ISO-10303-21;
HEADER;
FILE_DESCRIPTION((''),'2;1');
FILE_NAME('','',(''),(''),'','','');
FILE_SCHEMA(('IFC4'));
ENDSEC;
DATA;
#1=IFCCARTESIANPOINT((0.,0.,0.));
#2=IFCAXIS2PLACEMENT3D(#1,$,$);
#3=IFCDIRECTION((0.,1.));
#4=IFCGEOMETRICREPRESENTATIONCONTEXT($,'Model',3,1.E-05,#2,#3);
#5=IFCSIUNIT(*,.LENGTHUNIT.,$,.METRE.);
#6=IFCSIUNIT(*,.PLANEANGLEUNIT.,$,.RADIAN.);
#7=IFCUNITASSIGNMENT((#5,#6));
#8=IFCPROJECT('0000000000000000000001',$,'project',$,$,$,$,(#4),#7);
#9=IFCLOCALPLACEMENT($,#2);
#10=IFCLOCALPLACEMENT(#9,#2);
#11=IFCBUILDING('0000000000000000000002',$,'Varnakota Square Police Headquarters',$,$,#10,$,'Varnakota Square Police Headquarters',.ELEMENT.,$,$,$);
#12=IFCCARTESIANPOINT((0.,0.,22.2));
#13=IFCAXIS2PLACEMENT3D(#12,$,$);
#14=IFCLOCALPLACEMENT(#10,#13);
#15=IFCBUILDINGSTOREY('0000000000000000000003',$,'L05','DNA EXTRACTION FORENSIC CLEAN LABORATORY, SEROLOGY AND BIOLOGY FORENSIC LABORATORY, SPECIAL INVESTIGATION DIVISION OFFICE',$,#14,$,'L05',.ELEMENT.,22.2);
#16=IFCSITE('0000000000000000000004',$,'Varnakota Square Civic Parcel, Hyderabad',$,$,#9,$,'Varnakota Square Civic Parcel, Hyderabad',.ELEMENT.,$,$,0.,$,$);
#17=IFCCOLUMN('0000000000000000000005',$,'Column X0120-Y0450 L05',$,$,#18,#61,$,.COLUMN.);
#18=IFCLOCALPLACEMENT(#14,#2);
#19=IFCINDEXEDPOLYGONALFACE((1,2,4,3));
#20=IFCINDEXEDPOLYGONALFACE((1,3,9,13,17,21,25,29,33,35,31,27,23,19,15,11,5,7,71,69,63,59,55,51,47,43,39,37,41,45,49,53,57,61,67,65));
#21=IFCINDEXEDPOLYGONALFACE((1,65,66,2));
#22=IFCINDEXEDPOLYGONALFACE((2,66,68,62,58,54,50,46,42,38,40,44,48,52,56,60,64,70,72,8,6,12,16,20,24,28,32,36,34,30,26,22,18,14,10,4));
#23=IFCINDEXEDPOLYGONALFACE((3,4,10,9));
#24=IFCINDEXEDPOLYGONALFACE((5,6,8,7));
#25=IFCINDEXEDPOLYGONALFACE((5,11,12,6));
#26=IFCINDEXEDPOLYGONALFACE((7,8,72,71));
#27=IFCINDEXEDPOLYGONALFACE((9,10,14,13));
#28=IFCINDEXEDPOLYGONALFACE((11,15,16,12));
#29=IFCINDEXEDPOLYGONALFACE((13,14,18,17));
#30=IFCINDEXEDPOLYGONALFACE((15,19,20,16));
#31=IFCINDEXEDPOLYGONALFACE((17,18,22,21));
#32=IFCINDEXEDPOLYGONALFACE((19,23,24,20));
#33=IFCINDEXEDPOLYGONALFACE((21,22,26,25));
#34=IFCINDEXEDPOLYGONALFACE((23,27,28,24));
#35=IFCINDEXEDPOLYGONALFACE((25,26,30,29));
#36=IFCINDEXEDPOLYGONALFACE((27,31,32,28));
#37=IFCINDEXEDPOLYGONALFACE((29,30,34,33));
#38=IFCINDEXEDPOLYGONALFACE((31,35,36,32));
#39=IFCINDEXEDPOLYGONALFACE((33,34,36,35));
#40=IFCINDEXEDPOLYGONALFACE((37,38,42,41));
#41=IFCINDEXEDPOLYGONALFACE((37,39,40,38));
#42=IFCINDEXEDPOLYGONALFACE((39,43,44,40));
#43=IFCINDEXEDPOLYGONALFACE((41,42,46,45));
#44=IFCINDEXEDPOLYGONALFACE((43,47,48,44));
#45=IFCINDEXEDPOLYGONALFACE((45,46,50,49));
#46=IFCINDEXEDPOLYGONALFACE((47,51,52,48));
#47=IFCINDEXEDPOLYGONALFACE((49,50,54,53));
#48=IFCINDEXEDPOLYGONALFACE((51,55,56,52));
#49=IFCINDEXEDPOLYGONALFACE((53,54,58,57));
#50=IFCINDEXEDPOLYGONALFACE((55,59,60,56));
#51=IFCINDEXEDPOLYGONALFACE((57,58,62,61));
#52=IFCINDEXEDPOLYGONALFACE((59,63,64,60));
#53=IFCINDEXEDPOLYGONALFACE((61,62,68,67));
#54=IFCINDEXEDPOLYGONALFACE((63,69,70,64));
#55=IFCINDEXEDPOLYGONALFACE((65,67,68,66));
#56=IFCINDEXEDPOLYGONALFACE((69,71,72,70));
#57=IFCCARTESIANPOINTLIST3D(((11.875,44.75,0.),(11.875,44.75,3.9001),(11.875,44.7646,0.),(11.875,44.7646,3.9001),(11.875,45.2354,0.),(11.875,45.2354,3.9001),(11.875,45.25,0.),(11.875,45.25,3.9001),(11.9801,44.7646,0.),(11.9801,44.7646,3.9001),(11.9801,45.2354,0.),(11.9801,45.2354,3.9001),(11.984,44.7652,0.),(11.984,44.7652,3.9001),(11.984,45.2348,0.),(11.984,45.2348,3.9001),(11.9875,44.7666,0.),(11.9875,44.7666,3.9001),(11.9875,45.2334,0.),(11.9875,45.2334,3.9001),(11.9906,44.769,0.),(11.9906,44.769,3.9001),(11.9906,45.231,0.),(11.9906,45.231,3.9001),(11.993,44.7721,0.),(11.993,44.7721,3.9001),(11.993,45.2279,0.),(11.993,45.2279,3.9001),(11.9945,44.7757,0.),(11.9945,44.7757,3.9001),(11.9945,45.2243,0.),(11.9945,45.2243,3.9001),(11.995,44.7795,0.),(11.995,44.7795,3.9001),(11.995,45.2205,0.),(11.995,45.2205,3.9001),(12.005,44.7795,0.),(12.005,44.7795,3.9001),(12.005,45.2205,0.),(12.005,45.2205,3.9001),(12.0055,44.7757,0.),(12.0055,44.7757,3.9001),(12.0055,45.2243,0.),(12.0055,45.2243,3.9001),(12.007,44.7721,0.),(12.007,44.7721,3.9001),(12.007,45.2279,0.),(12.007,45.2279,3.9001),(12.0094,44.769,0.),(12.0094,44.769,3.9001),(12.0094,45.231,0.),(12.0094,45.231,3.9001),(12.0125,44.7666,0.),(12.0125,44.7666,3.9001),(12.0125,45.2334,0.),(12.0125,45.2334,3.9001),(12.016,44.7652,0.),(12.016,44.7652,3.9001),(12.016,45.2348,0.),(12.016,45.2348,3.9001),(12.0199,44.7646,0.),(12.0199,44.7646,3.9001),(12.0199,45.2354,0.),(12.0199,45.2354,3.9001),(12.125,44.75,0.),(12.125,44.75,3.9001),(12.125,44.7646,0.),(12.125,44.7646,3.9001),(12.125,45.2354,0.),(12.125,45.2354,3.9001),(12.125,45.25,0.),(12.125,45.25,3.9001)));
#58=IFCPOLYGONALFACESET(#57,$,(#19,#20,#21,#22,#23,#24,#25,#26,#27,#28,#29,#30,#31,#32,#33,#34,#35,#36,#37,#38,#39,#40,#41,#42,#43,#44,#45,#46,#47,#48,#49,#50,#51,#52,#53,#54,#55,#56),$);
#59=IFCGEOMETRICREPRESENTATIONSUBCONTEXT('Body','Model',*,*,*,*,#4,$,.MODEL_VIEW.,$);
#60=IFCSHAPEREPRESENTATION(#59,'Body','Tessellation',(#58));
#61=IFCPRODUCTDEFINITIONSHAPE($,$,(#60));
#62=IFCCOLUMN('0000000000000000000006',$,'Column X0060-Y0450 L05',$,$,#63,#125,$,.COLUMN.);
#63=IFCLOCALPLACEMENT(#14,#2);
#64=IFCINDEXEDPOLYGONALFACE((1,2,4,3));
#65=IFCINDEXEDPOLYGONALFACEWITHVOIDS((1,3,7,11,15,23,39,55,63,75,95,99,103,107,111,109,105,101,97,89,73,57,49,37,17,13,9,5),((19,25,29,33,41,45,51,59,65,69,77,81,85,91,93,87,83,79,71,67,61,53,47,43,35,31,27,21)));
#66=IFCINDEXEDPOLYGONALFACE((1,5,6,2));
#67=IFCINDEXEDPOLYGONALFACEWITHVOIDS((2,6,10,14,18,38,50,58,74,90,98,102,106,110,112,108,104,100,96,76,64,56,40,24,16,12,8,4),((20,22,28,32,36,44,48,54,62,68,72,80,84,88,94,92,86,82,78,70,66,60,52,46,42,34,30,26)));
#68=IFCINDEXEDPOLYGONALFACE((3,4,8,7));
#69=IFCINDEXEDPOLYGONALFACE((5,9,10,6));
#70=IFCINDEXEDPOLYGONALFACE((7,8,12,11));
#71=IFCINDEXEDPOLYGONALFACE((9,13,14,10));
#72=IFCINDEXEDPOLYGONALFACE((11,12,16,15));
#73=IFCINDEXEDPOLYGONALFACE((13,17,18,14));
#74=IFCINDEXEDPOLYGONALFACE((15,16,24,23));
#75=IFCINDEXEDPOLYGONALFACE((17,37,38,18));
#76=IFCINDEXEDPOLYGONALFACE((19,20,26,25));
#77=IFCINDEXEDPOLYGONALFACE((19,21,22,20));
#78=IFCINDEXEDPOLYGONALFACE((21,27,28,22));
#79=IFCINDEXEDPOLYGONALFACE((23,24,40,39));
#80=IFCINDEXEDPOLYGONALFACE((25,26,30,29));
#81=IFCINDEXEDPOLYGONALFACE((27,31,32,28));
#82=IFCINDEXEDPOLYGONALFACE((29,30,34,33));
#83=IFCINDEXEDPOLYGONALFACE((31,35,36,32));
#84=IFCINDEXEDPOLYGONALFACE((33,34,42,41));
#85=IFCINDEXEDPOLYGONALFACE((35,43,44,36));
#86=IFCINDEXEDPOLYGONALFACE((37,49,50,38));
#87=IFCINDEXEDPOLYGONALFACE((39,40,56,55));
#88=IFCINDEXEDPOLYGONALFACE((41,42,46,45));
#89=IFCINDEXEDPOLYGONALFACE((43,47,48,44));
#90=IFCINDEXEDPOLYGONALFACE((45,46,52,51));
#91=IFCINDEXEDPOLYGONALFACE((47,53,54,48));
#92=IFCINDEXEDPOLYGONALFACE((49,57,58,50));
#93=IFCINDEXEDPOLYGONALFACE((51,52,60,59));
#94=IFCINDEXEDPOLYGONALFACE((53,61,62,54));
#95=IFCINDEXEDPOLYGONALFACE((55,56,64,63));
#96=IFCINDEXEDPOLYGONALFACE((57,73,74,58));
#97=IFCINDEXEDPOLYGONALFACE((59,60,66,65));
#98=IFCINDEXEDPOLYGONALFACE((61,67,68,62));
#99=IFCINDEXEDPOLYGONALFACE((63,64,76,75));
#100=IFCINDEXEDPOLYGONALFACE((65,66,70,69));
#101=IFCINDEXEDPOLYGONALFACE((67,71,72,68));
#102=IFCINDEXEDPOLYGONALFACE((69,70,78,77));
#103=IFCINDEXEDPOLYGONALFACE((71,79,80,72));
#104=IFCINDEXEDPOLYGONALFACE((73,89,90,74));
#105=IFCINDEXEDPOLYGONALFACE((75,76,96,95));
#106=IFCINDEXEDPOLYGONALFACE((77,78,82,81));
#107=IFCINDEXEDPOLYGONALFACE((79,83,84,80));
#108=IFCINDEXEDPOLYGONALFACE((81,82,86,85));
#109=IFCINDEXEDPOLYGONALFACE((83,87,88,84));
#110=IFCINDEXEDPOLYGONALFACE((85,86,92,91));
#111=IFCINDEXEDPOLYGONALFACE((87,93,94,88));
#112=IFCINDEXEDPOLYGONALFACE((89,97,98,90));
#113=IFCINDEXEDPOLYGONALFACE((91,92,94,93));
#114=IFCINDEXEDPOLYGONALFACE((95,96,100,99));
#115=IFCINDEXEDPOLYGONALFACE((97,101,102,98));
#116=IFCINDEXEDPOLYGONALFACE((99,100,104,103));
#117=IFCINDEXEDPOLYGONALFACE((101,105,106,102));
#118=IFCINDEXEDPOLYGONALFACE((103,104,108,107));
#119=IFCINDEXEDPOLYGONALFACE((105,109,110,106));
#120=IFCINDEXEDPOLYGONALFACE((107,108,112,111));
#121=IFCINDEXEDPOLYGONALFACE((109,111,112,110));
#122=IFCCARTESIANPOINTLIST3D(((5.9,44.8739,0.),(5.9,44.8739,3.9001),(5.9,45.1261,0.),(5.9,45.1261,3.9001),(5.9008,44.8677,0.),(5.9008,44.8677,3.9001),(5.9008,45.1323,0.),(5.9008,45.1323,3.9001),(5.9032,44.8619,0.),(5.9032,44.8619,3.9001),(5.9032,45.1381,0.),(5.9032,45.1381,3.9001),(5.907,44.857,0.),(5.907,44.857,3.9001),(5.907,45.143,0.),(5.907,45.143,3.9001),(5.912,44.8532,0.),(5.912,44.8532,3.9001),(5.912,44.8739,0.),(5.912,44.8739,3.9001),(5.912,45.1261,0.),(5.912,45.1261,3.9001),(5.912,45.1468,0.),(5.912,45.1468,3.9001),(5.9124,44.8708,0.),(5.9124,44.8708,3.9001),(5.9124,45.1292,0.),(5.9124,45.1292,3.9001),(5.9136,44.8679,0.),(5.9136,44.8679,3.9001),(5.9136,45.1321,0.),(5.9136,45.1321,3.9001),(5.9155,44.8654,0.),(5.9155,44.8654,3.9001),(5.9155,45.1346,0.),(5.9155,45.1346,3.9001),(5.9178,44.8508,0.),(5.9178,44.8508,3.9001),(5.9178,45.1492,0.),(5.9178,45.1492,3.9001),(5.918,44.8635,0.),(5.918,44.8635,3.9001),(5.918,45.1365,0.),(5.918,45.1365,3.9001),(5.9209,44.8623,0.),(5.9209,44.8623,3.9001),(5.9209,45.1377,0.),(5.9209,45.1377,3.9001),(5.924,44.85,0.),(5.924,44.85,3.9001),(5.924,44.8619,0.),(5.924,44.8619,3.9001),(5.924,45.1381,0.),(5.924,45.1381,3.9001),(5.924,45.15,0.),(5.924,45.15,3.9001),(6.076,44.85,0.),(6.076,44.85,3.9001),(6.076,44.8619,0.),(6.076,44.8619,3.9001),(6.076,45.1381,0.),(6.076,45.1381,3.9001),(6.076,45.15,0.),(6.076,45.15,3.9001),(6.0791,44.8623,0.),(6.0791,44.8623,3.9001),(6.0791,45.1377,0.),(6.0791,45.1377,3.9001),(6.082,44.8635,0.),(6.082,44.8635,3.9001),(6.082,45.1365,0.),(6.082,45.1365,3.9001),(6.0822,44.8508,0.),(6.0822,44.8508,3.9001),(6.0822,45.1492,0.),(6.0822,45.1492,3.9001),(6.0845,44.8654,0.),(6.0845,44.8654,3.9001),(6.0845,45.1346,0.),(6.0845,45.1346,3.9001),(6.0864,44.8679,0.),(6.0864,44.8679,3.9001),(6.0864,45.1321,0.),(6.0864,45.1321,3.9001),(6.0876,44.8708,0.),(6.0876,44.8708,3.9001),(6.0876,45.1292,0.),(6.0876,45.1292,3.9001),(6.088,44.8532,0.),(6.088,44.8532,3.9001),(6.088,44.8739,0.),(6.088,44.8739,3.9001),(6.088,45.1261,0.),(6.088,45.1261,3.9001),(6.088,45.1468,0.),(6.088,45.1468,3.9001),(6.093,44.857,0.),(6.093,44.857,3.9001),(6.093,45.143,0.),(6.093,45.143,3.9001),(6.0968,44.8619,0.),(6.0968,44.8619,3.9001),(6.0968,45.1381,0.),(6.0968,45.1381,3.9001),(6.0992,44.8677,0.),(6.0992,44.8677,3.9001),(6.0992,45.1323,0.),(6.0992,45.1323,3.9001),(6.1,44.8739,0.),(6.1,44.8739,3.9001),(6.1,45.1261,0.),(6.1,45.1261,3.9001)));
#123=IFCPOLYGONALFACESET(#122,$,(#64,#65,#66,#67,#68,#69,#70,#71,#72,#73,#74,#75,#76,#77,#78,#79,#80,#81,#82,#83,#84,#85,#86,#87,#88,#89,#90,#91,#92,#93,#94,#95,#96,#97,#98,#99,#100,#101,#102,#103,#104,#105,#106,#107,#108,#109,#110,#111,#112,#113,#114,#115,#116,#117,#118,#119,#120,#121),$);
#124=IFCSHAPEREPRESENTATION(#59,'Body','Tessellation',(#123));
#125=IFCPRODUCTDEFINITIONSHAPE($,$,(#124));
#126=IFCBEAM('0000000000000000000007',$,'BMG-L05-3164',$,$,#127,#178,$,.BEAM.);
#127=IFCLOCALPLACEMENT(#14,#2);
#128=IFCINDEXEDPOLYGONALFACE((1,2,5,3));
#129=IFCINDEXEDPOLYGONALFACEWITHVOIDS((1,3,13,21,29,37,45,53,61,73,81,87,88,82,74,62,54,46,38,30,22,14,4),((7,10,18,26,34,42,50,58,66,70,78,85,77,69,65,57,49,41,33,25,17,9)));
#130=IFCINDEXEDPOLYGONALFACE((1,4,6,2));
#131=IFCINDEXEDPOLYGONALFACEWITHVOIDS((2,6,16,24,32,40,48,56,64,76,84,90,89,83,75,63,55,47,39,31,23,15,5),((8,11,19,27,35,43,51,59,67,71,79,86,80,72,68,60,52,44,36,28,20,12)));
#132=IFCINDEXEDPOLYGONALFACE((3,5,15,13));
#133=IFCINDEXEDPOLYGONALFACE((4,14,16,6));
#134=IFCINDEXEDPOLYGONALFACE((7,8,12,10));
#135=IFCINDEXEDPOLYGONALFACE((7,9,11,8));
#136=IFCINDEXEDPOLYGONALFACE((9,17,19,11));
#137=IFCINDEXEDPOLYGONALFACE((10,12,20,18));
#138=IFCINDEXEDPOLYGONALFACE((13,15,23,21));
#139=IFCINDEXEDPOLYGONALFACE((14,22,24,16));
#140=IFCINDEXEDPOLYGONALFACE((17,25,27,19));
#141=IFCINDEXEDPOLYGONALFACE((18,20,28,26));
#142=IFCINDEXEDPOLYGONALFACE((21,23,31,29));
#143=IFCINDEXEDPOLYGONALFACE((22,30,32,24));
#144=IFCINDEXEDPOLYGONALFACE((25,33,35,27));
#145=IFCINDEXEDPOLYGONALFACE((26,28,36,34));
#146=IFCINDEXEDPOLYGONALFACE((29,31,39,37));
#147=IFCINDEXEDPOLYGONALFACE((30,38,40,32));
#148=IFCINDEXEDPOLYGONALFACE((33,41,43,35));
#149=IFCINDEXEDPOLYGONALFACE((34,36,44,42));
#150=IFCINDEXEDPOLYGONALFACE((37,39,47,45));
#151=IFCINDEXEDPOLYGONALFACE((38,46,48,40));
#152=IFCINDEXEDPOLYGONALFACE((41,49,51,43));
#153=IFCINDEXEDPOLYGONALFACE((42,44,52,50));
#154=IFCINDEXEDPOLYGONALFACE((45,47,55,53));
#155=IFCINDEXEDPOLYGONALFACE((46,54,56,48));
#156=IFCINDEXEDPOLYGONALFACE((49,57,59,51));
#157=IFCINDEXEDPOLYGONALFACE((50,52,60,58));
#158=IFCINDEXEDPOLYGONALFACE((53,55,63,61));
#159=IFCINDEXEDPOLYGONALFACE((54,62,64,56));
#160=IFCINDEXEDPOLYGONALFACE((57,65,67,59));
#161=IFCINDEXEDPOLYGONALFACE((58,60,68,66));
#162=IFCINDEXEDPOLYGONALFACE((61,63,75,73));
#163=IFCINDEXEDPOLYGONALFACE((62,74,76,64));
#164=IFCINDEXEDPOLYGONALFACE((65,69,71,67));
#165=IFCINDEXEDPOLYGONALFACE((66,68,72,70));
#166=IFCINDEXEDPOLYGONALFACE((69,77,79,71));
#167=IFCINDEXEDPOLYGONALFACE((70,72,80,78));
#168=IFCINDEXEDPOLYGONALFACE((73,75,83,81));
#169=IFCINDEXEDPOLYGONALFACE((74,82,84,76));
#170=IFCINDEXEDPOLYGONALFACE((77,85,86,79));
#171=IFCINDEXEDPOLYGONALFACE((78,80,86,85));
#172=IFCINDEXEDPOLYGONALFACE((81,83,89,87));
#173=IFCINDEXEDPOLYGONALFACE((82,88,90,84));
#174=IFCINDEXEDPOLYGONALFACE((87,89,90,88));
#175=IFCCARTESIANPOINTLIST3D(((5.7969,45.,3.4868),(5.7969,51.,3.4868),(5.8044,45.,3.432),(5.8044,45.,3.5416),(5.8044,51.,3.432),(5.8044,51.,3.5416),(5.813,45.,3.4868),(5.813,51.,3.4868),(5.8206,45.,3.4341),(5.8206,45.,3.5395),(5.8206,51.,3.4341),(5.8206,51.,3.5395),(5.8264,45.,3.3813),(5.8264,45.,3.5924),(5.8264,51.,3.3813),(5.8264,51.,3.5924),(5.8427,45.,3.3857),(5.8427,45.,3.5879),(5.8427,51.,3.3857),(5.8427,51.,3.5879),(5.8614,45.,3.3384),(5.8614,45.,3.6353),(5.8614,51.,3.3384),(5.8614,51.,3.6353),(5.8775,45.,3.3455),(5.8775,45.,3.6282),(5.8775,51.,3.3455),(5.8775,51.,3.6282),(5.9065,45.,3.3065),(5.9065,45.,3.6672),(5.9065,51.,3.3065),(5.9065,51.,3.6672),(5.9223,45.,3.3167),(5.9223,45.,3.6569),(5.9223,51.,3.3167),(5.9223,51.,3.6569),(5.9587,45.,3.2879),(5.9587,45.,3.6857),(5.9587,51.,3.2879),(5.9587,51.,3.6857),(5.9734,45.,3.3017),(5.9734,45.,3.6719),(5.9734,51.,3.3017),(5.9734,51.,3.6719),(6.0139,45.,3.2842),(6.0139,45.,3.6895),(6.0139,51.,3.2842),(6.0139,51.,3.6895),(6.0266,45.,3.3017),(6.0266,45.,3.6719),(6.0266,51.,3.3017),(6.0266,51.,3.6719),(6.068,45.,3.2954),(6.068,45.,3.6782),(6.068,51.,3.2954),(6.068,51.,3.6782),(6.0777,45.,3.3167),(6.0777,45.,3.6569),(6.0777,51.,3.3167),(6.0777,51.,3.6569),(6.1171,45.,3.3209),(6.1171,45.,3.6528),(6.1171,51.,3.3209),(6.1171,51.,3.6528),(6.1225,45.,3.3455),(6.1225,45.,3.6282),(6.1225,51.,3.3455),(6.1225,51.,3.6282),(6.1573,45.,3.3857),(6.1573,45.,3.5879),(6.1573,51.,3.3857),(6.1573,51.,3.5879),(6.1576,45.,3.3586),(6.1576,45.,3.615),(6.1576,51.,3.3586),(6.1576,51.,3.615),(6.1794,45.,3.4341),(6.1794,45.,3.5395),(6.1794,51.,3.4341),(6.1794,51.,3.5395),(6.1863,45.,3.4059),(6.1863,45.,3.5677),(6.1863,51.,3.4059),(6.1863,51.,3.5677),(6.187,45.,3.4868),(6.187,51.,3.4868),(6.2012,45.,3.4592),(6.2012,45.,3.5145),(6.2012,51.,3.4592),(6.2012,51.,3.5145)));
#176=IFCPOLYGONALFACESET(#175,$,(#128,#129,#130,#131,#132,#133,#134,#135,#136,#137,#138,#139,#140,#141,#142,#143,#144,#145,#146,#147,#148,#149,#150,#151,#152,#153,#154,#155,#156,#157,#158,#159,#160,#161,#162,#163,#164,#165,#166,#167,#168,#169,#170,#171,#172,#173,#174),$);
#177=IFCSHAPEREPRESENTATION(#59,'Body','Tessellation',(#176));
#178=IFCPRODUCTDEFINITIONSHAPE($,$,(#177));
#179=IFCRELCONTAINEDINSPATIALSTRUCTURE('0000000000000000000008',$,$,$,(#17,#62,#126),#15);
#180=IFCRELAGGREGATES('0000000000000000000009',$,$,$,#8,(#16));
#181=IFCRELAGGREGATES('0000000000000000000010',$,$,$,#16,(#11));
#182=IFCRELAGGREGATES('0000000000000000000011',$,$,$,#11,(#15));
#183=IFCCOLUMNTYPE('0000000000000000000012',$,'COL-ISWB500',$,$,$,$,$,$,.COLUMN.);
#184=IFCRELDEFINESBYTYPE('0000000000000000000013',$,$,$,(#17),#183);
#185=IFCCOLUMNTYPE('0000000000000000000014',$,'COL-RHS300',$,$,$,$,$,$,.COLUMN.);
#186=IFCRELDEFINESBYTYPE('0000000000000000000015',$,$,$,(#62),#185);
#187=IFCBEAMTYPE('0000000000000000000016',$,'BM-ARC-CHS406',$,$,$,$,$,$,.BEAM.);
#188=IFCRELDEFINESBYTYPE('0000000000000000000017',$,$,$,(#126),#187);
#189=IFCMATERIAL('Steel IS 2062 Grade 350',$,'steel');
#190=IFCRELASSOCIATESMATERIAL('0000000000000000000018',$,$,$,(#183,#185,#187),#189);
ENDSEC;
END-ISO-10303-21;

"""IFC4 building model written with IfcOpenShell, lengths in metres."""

from ifc_helpers import new_model, si_unit, direction, frame, origin, origin_2d, place, context, subcontext, project, spatial, hollow_rectangle, hollow_circle, i_section, extrude, material, material_profile, profile_set, type_object, element, save


model = new_model("IFC4")

# Units and contexts
model_context = context("Model", 3, precision=1e-05, world=origin(), true_north=direction((0.0, 1.0)))
body_context = subcontext(model_context, "Body", "Model", "MODEL_VIEW")
ifc_project = project(units=[si_unit("LENGTHUNIT", "METRE"), si_unit("PLANEANGLEUNIT", "RADIAN")], contexts=[model_context])

# Site, building, storey
site_placement = place(None, origin())
site = spatial("IfcSite", under=ifc_project, at=site_placement, Name="Varnakota Square Civic Parcel, Hyderabad", LongName="Varnakota Square Civic Parcel, Hyderabad", CompositionType="ELEMENT", RefElevation=0.0)
building_placement = place(site_placement, origin())
building = spatial("IfcBuilding", under=site, at=building_placement, Name="Varnakota Square Police Headquarters", LongName="Varnakota Square Police Headquarters", CompositionType="ELEMENT")
storey_placement = place(building_placement, frame((0.0, 0.0, 22.2)))
storey = spatial("IfcBuildingStorey", under=building, at=storey_placement, Name="L05", Description="DNA EXTRACTION FORENSIC CLEAN LABORATORY, SEROLOGY AND BIOLOGY FORENSIC LABORATORY, SPECIAL INVESTIGATION DIVISION OFFICE", LongName="L05", CompositionType="ELEMENT", Elevation=22.2)

# Columns
ifc_material_1 = material(Name="Steel IS 2062 Grade 350", Category="steel")
ifc_material_profile_1 = material_profile(ifc_material_1, i_section(OverallWidth=0.25, OverallDepth=0.5, WebThickness=0.01, FlangeThickness=0.0146, FilletRadius=0.0149, at=origin_2d()), Name="ISWB 500")
ifc_profile_set_1 = profile_set([ifc_material_profile_1], Name="Steel IS 2062 Grade 350")
column_type_1 = type_object("IfcColumnType", Name="COL-ISWB500", PredefinedType="COLUMN", material=ifc_profile_set_1)
column_1_placement = place(storey_placement, frame((12.0, 45.0, 0.0), z_axis=(0.0, 0.0, 1.0), x_axis=(1.0, 0.0, 0.0)))
element("IfcColumn", 1, at=column_1_placement, inside=storey, type_object=column_type_1, Name="Column X0120-Y0450 L05", PredefinedType="COLUMN", context=body_context, shape_type="SweptSolid", body=[
    extrude(i_section(OverallWidth=0.25, OverallDepth=0.5, WebThickness=0.01, FlangeThickness=0.0146, FilletRadius=0.0149, at=origin_2d()), origin(), (0.0, 0.0, 1.0), 3.9001),
])
ifc_material_profile_2 = material_profile(ifc_material_1, hollow_rectangle(XDim=0.2, YDim=0.3, WallThickness=0.012, InnerFilletRadius=0.012, OuterFilletRadius=0.0239, at=origin_2d()), Name="RHS 300x200x12")
ifc_profile_set_2 = profile_set([ifc_material_profile_2], Name="Steel IS 2062 Grade 350")
column_type_2 = type_object("IfcColumnType", Name="COL-RHS300", PredefinedType="COLUMN", material=ifc_profile_set_2)
column_2_placement = place(storey_placement, frame((6.0, 45.0, 0.0), z_axis=(0.0, 0.0, 1.0), x_axis=(1.0, 0.0, 0.0)))
element("IfcColumn", 2, at=column_2_placement, inside=storey, type_object=column_type_2, Name="Column X0060-Y0450 L05", PredefinedType="COLUMN", context=body_context, shape_type="SweptSolid", body=[
    extrude(hollow_rectangle(XDim=0.2, YDim=0.3, WallThickness=0.012, InnerFilletRadius=0.012, OuterFilletRadius=0.0239, at=origin_2d()), origin(), (0.0, 0.0, 1.0), 3.9001),
])

# Beam
ifc_material_profile_3 = material_profile(ifc_material_1, hollow_circle(Radius=0.2031, WallThickness=0.0161, at=origin_2d()), Name="CHS 406.4x16.0")
ifc_profile_set_3 = profile_set([ifc_material_profile_3], Name="Steel IS 2062 Grade 350")
beam_type_1 = type_object("IfcBeamType", Name="BM-ARC-CHS406", PredefinedType="BEAM", material=ifc_profile_set_3)
beam_1_placement = place(storey_placement, frame((6.0, 45.0, 3.4868), z_axis=(0.0, 1.0, 0.0), x_axis=(-1.0, 0.0, 0.0)))
element("IfcBeam", 3, at=beam_1_placement, inside=storey, type_object=beam_type_1, Name="BMG-L05-3164", PredefinedType="BEAM", context=body_context, shape_type="SweptSolid", body=[
    extrude(hollow_circle(Radius=0.2031, WallThickness=0.0161, at=origin_2d()), origin(), (0.0, 0.0, 1.0), 6.0),
])

save(model, "model.ifc")
